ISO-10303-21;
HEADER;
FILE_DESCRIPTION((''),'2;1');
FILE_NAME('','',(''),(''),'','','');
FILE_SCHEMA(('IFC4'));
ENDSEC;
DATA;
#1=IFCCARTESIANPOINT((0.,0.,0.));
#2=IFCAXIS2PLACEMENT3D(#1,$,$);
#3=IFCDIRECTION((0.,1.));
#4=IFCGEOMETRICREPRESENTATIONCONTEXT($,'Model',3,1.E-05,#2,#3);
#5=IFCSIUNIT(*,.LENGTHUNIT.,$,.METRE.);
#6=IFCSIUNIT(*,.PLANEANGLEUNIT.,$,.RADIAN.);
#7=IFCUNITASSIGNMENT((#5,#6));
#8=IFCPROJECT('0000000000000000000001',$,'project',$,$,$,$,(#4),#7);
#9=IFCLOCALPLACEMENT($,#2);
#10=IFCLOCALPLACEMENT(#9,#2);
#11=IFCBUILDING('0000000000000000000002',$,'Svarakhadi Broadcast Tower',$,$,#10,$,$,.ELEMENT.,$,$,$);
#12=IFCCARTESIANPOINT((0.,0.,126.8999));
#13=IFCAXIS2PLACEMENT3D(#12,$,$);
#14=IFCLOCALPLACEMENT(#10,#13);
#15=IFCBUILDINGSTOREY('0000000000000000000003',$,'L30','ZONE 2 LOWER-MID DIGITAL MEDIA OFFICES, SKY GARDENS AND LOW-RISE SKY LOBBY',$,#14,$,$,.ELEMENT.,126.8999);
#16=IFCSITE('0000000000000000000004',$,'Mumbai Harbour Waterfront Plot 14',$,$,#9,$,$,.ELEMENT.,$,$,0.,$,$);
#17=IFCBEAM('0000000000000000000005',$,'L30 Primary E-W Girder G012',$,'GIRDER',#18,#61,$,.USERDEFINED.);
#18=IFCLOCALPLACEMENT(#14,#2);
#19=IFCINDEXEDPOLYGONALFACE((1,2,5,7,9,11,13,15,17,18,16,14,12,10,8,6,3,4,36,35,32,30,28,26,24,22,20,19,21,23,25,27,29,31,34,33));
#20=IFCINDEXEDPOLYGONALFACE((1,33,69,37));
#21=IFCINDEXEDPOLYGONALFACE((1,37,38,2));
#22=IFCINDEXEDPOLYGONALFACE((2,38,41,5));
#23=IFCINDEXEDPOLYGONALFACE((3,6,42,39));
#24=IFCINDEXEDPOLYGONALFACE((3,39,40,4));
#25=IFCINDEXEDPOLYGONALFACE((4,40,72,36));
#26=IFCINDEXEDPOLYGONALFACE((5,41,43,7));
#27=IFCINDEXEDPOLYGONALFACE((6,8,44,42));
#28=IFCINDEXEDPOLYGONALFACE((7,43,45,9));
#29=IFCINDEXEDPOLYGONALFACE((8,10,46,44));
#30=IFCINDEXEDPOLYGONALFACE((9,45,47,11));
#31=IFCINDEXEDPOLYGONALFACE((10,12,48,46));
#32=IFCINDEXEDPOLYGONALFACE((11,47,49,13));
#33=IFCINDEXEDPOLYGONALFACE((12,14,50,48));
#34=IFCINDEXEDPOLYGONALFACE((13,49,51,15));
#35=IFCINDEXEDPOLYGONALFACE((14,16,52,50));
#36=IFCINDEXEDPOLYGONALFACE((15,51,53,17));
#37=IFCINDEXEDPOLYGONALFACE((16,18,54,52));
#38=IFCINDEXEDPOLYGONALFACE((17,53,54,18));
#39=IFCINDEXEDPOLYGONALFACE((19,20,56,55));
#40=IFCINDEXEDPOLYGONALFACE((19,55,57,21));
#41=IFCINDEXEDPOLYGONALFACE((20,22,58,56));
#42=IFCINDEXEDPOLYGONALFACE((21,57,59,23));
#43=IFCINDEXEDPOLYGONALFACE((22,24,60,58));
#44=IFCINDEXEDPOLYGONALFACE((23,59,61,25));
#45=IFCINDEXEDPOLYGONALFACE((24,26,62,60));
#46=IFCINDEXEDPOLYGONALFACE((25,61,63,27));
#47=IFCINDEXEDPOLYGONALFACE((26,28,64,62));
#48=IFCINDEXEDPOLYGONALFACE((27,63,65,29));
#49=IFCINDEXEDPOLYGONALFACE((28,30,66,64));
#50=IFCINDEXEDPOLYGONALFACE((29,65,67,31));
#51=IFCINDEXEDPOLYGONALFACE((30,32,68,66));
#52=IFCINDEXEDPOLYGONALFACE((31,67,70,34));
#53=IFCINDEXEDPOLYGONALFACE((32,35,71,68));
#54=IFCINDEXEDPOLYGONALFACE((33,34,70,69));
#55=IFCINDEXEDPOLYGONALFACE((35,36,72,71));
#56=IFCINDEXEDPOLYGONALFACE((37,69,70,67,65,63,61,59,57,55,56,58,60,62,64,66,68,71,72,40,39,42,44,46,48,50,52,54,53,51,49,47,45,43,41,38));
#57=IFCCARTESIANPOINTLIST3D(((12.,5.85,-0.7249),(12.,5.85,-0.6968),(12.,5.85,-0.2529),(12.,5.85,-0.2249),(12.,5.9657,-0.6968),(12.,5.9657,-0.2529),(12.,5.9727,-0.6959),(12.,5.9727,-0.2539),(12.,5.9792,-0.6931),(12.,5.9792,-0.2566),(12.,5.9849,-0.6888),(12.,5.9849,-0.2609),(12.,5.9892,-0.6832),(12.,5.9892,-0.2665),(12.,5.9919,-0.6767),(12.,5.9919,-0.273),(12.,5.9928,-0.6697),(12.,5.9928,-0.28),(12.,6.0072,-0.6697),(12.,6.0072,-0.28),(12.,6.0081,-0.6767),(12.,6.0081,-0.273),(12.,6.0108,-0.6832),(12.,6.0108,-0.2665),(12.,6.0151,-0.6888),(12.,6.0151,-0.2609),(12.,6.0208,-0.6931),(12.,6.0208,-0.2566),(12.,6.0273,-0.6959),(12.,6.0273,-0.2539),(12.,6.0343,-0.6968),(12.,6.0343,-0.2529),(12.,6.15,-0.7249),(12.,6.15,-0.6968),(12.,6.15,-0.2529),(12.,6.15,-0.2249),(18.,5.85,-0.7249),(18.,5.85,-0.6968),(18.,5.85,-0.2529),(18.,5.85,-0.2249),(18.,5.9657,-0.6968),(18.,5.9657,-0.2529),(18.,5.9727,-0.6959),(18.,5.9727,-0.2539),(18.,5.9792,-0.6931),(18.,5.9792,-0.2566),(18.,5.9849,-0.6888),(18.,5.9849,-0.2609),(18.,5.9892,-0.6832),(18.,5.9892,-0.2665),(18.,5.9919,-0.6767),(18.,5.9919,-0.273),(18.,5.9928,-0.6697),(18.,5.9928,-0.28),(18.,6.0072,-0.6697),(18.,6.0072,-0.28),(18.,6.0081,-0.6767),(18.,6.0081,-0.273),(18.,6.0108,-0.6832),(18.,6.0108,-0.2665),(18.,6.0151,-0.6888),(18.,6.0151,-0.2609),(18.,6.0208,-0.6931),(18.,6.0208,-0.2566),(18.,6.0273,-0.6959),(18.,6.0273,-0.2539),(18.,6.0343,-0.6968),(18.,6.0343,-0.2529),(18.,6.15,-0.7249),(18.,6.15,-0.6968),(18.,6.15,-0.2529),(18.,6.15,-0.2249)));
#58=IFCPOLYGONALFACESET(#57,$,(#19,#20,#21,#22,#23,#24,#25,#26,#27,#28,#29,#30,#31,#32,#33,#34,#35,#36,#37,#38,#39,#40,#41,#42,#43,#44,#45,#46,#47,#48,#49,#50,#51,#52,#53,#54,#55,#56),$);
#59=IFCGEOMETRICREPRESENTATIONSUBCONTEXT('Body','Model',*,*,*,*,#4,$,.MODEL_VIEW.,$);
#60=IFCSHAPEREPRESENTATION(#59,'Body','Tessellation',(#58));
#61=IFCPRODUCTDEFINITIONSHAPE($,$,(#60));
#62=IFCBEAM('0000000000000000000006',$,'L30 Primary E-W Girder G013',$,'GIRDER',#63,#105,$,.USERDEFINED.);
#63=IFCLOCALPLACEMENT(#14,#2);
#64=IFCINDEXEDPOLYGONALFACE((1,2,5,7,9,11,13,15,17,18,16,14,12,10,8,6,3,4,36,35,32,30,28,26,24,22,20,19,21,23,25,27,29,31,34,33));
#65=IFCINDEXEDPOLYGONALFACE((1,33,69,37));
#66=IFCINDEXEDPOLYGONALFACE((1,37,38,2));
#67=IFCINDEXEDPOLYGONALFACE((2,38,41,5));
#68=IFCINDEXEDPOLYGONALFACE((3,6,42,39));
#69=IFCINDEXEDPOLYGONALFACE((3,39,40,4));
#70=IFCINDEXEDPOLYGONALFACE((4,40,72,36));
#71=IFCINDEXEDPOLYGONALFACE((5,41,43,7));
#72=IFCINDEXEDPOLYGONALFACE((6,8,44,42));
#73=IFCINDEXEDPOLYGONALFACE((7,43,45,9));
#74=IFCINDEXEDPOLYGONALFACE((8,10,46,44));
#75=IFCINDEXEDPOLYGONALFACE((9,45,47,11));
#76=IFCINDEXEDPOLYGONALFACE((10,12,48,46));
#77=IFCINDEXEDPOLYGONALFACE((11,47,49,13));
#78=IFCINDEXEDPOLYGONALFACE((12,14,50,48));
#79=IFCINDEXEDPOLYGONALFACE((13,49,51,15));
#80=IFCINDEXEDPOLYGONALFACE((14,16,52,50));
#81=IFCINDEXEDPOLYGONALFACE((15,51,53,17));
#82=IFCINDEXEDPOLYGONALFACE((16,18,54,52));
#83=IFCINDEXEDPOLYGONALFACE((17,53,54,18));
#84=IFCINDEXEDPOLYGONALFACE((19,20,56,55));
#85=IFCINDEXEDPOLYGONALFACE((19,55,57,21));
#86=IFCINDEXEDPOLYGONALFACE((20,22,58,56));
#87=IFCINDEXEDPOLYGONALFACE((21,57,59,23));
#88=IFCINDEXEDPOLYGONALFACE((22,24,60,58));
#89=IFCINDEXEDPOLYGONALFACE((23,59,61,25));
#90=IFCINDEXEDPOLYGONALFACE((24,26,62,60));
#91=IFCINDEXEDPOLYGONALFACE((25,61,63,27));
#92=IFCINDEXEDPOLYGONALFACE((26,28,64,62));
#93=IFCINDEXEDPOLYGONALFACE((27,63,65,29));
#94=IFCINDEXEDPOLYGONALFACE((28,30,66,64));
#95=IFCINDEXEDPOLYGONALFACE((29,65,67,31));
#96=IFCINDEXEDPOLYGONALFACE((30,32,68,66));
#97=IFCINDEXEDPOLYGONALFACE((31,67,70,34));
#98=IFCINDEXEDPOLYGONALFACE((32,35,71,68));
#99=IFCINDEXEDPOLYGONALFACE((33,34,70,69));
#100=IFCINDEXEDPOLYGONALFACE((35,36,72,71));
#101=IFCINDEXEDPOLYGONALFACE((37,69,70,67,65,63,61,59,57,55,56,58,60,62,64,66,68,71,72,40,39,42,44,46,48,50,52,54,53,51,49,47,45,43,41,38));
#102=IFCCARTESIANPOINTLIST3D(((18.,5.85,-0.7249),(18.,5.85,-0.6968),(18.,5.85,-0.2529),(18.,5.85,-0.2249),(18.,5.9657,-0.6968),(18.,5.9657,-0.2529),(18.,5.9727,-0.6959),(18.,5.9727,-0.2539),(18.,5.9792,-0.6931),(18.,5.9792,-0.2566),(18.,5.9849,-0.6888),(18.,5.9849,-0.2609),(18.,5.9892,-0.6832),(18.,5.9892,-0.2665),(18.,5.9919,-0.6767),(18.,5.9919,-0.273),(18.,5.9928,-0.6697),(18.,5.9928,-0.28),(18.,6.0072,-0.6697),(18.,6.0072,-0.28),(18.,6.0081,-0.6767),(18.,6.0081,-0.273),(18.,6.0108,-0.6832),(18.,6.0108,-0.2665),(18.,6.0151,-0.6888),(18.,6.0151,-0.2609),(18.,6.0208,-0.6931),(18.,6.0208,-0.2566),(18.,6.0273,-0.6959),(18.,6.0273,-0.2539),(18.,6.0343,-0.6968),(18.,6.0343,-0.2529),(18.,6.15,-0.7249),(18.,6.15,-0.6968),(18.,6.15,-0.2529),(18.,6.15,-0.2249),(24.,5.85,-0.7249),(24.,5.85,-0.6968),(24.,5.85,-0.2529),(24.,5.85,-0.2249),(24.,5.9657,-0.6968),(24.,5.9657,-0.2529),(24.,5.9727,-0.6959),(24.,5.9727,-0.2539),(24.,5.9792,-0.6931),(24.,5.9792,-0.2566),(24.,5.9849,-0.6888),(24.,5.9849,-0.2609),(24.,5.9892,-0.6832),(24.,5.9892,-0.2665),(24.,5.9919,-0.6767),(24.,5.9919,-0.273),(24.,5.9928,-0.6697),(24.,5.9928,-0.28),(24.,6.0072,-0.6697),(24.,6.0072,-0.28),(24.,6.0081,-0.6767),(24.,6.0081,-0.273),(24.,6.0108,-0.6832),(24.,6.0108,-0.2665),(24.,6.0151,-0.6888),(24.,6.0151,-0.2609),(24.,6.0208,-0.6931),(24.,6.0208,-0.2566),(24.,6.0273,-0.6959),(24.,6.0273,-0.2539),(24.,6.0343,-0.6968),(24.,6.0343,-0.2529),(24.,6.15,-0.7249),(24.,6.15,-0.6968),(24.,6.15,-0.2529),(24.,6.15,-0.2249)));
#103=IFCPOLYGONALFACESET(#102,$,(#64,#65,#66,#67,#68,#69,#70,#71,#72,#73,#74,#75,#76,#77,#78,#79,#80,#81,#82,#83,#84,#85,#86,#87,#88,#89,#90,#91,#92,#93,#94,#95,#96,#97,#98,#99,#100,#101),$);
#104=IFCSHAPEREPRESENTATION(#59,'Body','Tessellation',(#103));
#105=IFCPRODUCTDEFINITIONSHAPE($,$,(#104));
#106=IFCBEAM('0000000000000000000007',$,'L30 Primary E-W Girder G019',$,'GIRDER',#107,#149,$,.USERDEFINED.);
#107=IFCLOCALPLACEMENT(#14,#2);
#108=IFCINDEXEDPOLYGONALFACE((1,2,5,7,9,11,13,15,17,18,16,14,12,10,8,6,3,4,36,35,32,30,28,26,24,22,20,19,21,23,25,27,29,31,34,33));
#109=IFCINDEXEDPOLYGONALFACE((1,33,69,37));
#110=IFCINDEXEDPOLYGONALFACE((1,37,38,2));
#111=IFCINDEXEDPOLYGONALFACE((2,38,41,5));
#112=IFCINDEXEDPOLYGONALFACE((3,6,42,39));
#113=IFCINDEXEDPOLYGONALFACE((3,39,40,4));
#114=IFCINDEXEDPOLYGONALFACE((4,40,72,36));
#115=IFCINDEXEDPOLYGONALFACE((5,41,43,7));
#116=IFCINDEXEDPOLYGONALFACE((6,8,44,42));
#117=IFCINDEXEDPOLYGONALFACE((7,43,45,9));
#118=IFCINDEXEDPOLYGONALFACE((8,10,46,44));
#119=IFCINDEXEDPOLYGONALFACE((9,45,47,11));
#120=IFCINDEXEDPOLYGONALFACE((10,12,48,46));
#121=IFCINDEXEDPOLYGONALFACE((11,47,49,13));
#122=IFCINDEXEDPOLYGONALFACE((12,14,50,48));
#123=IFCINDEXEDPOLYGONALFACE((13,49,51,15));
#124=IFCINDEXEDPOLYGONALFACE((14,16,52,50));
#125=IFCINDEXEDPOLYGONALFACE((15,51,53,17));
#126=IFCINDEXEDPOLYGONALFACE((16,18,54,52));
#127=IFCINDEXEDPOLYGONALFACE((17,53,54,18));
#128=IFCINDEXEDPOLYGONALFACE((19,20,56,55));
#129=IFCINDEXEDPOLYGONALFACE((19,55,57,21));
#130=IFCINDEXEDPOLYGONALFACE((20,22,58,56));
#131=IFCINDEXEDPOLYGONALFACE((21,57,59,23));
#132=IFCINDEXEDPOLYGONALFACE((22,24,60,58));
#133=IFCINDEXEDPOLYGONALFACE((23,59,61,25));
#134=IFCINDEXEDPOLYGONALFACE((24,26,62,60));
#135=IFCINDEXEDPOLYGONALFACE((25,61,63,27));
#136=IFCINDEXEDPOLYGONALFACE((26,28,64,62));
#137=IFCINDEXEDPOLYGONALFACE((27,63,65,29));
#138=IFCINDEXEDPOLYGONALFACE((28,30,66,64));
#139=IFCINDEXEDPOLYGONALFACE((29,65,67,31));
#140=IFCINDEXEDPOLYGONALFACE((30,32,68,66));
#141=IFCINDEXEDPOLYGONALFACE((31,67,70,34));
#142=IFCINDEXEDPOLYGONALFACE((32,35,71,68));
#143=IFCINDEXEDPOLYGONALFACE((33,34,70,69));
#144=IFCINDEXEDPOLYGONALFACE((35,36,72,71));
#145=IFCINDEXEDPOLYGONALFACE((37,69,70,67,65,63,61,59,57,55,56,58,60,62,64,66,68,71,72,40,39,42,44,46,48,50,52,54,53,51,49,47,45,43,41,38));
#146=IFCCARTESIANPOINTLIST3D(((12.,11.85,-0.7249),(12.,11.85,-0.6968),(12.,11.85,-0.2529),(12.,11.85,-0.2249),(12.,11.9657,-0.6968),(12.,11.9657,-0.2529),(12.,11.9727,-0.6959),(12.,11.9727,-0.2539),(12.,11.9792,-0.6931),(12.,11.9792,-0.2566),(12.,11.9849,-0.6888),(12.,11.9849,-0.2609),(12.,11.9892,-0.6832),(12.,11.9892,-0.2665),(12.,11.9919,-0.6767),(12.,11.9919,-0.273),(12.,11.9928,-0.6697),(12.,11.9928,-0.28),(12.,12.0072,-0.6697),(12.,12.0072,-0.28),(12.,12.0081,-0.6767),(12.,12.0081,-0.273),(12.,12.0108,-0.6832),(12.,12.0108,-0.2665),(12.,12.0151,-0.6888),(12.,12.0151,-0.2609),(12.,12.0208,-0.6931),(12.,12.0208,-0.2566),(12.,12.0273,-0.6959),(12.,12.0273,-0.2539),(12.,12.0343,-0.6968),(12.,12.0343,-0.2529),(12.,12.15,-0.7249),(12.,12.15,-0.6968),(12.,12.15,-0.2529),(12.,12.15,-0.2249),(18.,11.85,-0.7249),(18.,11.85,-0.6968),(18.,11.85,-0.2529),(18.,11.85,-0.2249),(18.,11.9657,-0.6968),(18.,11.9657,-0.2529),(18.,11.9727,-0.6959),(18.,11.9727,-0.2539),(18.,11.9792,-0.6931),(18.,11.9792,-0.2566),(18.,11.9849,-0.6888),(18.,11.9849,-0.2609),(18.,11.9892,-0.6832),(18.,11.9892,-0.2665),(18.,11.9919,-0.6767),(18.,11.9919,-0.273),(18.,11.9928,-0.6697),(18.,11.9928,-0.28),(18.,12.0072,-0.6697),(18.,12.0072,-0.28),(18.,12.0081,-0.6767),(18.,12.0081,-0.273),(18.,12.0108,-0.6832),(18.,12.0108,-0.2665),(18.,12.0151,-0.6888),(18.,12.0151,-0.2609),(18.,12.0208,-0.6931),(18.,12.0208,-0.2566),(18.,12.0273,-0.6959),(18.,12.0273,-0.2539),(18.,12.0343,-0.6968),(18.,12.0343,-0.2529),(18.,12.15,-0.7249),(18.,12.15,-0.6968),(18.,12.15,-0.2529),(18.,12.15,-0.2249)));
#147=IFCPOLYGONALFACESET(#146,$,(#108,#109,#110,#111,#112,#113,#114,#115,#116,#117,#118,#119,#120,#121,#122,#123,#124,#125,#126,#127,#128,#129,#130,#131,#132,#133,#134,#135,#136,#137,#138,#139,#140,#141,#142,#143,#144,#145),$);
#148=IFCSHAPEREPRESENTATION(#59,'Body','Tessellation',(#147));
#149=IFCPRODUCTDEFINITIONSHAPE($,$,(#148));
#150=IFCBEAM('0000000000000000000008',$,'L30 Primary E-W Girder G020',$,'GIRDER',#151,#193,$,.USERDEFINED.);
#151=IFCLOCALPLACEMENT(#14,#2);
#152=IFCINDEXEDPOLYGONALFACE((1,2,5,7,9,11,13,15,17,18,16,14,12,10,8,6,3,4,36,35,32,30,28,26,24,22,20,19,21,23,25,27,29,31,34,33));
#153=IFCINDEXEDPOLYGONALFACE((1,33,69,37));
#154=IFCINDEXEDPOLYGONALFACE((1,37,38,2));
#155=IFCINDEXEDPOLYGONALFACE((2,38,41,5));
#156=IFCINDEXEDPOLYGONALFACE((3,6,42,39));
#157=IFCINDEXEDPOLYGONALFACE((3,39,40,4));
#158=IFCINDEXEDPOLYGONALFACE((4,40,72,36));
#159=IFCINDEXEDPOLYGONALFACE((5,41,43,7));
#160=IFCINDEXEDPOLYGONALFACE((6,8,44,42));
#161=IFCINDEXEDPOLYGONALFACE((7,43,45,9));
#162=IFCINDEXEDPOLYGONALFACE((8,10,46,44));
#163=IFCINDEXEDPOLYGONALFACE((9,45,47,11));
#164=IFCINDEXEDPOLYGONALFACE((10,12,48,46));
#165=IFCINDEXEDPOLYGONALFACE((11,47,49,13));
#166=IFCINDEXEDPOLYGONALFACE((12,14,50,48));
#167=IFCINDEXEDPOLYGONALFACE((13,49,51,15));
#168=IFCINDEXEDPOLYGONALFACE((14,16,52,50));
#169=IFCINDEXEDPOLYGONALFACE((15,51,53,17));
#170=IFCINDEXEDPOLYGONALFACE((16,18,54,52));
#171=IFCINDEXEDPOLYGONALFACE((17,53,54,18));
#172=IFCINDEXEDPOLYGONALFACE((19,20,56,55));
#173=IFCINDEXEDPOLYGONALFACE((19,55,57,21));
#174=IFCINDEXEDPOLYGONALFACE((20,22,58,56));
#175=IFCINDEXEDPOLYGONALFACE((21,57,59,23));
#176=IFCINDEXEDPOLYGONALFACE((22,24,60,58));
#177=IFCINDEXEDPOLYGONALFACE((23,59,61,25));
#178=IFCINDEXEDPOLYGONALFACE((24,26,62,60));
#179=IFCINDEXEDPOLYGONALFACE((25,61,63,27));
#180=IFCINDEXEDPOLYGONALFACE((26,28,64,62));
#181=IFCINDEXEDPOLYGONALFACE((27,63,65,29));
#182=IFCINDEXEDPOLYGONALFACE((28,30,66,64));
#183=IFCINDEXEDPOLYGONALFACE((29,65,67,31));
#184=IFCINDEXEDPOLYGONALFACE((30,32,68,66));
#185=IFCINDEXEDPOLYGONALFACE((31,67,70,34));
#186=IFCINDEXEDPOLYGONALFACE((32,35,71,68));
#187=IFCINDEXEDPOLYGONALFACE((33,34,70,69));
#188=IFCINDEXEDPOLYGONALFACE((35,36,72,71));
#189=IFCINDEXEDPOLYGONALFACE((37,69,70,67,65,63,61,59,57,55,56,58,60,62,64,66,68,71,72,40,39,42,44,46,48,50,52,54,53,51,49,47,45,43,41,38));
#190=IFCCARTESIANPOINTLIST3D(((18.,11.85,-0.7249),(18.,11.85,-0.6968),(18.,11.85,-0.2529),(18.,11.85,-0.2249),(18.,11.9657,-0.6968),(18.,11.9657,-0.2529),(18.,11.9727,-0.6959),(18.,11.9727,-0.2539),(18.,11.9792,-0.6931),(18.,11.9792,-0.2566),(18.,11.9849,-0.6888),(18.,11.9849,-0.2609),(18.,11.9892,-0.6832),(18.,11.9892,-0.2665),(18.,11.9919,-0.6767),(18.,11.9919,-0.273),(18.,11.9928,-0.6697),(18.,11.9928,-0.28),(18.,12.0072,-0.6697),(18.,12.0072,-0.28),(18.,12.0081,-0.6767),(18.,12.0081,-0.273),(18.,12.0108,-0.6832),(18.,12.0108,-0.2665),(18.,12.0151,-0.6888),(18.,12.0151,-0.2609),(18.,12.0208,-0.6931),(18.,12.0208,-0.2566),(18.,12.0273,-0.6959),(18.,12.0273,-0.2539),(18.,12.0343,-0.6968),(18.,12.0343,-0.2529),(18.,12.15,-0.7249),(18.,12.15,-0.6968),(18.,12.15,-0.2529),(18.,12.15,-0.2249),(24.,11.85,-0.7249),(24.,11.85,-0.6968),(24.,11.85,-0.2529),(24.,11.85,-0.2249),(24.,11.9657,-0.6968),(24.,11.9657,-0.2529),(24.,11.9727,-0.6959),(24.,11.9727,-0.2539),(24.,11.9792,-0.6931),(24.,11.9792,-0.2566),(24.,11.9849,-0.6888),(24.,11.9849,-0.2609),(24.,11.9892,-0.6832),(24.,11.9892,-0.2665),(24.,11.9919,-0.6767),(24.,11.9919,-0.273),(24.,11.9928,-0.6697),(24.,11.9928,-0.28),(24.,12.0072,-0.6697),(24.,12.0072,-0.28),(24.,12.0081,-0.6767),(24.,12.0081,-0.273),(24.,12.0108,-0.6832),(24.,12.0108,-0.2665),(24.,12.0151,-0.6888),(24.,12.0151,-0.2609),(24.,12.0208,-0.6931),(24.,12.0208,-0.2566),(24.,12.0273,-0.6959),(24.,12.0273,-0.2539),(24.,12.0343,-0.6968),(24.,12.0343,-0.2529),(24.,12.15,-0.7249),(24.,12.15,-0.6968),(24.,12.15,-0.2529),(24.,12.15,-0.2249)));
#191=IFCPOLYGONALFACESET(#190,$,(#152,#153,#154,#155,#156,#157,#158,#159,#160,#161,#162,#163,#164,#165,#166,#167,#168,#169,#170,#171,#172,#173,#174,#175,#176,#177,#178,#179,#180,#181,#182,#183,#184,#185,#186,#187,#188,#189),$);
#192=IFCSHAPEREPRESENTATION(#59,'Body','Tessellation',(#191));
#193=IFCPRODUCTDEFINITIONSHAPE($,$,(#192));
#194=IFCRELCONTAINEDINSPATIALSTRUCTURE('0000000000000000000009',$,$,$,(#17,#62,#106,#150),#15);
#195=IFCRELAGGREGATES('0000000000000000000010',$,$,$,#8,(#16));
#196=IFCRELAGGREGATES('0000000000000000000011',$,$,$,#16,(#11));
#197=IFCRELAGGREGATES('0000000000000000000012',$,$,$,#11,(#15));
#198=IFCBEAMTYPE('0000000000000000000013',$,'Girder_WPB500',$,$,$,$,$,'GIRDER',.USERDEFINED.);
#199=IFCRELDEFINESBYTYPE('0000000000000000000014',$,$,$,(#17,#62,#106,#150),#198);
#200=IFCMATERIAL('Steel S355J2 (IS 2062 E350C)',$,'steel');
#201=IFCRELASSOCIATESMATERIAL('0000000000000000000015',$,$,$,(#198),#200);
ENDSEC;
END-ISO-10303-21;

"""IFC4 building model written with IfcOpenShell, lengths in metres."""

from ifc_helpers import new_model, si_unit, direction, frame, origin, origin_2d, place, context, subcontext, project, spatial, i_section, extrude, material, material_profile, profile_set, type_object, element, save


model = new_model("IFC4")

# Units and contexts
model_context = context("Model", 3, precision=1e-05, world=origin(), true_north=direction((0.0, 1.0)))
body_context = subcontext(model_context, "Body", "Model", "MODEL_VIEW")
ifc_project = project(units=[si_unit("LENGTHUNIT", "METRE"), si_unit("PLANEANGLEUNIT", "RADIAN")], contexts=[model_context])

# Site, building, storey
site_placement = place(None, origin())
site = spatial("IfcSite", under=ifc_project, at=site_placement, Name="Mumbai Harbour Waterfront Plot 14", CompositionType="ELEMENT", RefElevation=0.0)
building_placement = place(site_placement, origin())
building = spatial("IfcBuilding", under=site, at=building_placement, Name="Svarakhadi Broadcast Tower", CompositionType="ELEMENT")
storey_placement = place(building_placement, frame((0.0, 0.0, 126.8999)))
storey = spatial("IfcBuildingStorey", under=building, at=storey_placement, Name="L30", Description="ZONE 2 LOWER-MID DIGITAL MEDIA OFFICES, SKY GARDENS AND LOW-RISE SKY LOBBY", CompositionType="ELEMENT", Elevation=126.8999)

# Beams
ifc_material_1 = material(Name="Steel S355J2 (IS 2062 E350C)", Category="steel")
ifc_material_profile_1 = material_profile(ifc_material_1, i_section(OverallWidth=0.3, OverallDepth=0.5, WebThickness=0.0144, FlangeThickness=0.0281, FilletRadius=0.0271, at=origin_2d()), Name="WPB 500x300x187")
ifc_profile_set_1 = profile_set([ifc_material_profile_1], Name="Steel S355J2 (IS 2062 E350C)")
beam_type_1 = type_object("IfcBeamType", Name="Girder_WPB500", ElementType="GIRDER", PredefinedType="USERDEFINED", material=ifc_profile_set_1)
for number, where, z_axis, x_axis, name in (
    (1, (12.0, 6.0, -0.4749), (1.0, 0.0, 0.0), (0.0, 1.0, 0.0), "L30 Primary E-W Girder G012"),
    (2, (18.0, 6.0, -0.4749), (1.0, 0.0, 0.0), (0.0, 1.0, 0.0), "L30 Primary E-W Girder G013"),
    (3, (12.0, 12.0, -0.4749), (1.0, 0.0, 0.0), (0.0, 1.0, 0.0), "L30 Primary E-W Girder G019"),
    (4, (18.0, 12.0, -0.4749), (1.0, 0.0, 0.0), (0.0, 1.0, 0.0), "L30 Primary E-W Girder G020"),
):
    element("IfcBeam", number, at=place(storey_placement, frame(where, z_axis=z_axis, x_axis=x_axis)), inside=storey, type_object=beam_type_1, Name=name, ObjectType="GIRDER", PredefinedType="USERDEFINED", context=body_context, shape_type="SweptSolid", body=[
        extrude(i_section(OverallWidth=0.3, OverallDepth=0.5, WebThickness=0.0144, FlangeThickness=0.0281, FilletRadius=0.0271, at=origin_2d()), origin(), (0.0, 0.0, 1.0), 6.0),
    ])

save(model, "model.ifc")
